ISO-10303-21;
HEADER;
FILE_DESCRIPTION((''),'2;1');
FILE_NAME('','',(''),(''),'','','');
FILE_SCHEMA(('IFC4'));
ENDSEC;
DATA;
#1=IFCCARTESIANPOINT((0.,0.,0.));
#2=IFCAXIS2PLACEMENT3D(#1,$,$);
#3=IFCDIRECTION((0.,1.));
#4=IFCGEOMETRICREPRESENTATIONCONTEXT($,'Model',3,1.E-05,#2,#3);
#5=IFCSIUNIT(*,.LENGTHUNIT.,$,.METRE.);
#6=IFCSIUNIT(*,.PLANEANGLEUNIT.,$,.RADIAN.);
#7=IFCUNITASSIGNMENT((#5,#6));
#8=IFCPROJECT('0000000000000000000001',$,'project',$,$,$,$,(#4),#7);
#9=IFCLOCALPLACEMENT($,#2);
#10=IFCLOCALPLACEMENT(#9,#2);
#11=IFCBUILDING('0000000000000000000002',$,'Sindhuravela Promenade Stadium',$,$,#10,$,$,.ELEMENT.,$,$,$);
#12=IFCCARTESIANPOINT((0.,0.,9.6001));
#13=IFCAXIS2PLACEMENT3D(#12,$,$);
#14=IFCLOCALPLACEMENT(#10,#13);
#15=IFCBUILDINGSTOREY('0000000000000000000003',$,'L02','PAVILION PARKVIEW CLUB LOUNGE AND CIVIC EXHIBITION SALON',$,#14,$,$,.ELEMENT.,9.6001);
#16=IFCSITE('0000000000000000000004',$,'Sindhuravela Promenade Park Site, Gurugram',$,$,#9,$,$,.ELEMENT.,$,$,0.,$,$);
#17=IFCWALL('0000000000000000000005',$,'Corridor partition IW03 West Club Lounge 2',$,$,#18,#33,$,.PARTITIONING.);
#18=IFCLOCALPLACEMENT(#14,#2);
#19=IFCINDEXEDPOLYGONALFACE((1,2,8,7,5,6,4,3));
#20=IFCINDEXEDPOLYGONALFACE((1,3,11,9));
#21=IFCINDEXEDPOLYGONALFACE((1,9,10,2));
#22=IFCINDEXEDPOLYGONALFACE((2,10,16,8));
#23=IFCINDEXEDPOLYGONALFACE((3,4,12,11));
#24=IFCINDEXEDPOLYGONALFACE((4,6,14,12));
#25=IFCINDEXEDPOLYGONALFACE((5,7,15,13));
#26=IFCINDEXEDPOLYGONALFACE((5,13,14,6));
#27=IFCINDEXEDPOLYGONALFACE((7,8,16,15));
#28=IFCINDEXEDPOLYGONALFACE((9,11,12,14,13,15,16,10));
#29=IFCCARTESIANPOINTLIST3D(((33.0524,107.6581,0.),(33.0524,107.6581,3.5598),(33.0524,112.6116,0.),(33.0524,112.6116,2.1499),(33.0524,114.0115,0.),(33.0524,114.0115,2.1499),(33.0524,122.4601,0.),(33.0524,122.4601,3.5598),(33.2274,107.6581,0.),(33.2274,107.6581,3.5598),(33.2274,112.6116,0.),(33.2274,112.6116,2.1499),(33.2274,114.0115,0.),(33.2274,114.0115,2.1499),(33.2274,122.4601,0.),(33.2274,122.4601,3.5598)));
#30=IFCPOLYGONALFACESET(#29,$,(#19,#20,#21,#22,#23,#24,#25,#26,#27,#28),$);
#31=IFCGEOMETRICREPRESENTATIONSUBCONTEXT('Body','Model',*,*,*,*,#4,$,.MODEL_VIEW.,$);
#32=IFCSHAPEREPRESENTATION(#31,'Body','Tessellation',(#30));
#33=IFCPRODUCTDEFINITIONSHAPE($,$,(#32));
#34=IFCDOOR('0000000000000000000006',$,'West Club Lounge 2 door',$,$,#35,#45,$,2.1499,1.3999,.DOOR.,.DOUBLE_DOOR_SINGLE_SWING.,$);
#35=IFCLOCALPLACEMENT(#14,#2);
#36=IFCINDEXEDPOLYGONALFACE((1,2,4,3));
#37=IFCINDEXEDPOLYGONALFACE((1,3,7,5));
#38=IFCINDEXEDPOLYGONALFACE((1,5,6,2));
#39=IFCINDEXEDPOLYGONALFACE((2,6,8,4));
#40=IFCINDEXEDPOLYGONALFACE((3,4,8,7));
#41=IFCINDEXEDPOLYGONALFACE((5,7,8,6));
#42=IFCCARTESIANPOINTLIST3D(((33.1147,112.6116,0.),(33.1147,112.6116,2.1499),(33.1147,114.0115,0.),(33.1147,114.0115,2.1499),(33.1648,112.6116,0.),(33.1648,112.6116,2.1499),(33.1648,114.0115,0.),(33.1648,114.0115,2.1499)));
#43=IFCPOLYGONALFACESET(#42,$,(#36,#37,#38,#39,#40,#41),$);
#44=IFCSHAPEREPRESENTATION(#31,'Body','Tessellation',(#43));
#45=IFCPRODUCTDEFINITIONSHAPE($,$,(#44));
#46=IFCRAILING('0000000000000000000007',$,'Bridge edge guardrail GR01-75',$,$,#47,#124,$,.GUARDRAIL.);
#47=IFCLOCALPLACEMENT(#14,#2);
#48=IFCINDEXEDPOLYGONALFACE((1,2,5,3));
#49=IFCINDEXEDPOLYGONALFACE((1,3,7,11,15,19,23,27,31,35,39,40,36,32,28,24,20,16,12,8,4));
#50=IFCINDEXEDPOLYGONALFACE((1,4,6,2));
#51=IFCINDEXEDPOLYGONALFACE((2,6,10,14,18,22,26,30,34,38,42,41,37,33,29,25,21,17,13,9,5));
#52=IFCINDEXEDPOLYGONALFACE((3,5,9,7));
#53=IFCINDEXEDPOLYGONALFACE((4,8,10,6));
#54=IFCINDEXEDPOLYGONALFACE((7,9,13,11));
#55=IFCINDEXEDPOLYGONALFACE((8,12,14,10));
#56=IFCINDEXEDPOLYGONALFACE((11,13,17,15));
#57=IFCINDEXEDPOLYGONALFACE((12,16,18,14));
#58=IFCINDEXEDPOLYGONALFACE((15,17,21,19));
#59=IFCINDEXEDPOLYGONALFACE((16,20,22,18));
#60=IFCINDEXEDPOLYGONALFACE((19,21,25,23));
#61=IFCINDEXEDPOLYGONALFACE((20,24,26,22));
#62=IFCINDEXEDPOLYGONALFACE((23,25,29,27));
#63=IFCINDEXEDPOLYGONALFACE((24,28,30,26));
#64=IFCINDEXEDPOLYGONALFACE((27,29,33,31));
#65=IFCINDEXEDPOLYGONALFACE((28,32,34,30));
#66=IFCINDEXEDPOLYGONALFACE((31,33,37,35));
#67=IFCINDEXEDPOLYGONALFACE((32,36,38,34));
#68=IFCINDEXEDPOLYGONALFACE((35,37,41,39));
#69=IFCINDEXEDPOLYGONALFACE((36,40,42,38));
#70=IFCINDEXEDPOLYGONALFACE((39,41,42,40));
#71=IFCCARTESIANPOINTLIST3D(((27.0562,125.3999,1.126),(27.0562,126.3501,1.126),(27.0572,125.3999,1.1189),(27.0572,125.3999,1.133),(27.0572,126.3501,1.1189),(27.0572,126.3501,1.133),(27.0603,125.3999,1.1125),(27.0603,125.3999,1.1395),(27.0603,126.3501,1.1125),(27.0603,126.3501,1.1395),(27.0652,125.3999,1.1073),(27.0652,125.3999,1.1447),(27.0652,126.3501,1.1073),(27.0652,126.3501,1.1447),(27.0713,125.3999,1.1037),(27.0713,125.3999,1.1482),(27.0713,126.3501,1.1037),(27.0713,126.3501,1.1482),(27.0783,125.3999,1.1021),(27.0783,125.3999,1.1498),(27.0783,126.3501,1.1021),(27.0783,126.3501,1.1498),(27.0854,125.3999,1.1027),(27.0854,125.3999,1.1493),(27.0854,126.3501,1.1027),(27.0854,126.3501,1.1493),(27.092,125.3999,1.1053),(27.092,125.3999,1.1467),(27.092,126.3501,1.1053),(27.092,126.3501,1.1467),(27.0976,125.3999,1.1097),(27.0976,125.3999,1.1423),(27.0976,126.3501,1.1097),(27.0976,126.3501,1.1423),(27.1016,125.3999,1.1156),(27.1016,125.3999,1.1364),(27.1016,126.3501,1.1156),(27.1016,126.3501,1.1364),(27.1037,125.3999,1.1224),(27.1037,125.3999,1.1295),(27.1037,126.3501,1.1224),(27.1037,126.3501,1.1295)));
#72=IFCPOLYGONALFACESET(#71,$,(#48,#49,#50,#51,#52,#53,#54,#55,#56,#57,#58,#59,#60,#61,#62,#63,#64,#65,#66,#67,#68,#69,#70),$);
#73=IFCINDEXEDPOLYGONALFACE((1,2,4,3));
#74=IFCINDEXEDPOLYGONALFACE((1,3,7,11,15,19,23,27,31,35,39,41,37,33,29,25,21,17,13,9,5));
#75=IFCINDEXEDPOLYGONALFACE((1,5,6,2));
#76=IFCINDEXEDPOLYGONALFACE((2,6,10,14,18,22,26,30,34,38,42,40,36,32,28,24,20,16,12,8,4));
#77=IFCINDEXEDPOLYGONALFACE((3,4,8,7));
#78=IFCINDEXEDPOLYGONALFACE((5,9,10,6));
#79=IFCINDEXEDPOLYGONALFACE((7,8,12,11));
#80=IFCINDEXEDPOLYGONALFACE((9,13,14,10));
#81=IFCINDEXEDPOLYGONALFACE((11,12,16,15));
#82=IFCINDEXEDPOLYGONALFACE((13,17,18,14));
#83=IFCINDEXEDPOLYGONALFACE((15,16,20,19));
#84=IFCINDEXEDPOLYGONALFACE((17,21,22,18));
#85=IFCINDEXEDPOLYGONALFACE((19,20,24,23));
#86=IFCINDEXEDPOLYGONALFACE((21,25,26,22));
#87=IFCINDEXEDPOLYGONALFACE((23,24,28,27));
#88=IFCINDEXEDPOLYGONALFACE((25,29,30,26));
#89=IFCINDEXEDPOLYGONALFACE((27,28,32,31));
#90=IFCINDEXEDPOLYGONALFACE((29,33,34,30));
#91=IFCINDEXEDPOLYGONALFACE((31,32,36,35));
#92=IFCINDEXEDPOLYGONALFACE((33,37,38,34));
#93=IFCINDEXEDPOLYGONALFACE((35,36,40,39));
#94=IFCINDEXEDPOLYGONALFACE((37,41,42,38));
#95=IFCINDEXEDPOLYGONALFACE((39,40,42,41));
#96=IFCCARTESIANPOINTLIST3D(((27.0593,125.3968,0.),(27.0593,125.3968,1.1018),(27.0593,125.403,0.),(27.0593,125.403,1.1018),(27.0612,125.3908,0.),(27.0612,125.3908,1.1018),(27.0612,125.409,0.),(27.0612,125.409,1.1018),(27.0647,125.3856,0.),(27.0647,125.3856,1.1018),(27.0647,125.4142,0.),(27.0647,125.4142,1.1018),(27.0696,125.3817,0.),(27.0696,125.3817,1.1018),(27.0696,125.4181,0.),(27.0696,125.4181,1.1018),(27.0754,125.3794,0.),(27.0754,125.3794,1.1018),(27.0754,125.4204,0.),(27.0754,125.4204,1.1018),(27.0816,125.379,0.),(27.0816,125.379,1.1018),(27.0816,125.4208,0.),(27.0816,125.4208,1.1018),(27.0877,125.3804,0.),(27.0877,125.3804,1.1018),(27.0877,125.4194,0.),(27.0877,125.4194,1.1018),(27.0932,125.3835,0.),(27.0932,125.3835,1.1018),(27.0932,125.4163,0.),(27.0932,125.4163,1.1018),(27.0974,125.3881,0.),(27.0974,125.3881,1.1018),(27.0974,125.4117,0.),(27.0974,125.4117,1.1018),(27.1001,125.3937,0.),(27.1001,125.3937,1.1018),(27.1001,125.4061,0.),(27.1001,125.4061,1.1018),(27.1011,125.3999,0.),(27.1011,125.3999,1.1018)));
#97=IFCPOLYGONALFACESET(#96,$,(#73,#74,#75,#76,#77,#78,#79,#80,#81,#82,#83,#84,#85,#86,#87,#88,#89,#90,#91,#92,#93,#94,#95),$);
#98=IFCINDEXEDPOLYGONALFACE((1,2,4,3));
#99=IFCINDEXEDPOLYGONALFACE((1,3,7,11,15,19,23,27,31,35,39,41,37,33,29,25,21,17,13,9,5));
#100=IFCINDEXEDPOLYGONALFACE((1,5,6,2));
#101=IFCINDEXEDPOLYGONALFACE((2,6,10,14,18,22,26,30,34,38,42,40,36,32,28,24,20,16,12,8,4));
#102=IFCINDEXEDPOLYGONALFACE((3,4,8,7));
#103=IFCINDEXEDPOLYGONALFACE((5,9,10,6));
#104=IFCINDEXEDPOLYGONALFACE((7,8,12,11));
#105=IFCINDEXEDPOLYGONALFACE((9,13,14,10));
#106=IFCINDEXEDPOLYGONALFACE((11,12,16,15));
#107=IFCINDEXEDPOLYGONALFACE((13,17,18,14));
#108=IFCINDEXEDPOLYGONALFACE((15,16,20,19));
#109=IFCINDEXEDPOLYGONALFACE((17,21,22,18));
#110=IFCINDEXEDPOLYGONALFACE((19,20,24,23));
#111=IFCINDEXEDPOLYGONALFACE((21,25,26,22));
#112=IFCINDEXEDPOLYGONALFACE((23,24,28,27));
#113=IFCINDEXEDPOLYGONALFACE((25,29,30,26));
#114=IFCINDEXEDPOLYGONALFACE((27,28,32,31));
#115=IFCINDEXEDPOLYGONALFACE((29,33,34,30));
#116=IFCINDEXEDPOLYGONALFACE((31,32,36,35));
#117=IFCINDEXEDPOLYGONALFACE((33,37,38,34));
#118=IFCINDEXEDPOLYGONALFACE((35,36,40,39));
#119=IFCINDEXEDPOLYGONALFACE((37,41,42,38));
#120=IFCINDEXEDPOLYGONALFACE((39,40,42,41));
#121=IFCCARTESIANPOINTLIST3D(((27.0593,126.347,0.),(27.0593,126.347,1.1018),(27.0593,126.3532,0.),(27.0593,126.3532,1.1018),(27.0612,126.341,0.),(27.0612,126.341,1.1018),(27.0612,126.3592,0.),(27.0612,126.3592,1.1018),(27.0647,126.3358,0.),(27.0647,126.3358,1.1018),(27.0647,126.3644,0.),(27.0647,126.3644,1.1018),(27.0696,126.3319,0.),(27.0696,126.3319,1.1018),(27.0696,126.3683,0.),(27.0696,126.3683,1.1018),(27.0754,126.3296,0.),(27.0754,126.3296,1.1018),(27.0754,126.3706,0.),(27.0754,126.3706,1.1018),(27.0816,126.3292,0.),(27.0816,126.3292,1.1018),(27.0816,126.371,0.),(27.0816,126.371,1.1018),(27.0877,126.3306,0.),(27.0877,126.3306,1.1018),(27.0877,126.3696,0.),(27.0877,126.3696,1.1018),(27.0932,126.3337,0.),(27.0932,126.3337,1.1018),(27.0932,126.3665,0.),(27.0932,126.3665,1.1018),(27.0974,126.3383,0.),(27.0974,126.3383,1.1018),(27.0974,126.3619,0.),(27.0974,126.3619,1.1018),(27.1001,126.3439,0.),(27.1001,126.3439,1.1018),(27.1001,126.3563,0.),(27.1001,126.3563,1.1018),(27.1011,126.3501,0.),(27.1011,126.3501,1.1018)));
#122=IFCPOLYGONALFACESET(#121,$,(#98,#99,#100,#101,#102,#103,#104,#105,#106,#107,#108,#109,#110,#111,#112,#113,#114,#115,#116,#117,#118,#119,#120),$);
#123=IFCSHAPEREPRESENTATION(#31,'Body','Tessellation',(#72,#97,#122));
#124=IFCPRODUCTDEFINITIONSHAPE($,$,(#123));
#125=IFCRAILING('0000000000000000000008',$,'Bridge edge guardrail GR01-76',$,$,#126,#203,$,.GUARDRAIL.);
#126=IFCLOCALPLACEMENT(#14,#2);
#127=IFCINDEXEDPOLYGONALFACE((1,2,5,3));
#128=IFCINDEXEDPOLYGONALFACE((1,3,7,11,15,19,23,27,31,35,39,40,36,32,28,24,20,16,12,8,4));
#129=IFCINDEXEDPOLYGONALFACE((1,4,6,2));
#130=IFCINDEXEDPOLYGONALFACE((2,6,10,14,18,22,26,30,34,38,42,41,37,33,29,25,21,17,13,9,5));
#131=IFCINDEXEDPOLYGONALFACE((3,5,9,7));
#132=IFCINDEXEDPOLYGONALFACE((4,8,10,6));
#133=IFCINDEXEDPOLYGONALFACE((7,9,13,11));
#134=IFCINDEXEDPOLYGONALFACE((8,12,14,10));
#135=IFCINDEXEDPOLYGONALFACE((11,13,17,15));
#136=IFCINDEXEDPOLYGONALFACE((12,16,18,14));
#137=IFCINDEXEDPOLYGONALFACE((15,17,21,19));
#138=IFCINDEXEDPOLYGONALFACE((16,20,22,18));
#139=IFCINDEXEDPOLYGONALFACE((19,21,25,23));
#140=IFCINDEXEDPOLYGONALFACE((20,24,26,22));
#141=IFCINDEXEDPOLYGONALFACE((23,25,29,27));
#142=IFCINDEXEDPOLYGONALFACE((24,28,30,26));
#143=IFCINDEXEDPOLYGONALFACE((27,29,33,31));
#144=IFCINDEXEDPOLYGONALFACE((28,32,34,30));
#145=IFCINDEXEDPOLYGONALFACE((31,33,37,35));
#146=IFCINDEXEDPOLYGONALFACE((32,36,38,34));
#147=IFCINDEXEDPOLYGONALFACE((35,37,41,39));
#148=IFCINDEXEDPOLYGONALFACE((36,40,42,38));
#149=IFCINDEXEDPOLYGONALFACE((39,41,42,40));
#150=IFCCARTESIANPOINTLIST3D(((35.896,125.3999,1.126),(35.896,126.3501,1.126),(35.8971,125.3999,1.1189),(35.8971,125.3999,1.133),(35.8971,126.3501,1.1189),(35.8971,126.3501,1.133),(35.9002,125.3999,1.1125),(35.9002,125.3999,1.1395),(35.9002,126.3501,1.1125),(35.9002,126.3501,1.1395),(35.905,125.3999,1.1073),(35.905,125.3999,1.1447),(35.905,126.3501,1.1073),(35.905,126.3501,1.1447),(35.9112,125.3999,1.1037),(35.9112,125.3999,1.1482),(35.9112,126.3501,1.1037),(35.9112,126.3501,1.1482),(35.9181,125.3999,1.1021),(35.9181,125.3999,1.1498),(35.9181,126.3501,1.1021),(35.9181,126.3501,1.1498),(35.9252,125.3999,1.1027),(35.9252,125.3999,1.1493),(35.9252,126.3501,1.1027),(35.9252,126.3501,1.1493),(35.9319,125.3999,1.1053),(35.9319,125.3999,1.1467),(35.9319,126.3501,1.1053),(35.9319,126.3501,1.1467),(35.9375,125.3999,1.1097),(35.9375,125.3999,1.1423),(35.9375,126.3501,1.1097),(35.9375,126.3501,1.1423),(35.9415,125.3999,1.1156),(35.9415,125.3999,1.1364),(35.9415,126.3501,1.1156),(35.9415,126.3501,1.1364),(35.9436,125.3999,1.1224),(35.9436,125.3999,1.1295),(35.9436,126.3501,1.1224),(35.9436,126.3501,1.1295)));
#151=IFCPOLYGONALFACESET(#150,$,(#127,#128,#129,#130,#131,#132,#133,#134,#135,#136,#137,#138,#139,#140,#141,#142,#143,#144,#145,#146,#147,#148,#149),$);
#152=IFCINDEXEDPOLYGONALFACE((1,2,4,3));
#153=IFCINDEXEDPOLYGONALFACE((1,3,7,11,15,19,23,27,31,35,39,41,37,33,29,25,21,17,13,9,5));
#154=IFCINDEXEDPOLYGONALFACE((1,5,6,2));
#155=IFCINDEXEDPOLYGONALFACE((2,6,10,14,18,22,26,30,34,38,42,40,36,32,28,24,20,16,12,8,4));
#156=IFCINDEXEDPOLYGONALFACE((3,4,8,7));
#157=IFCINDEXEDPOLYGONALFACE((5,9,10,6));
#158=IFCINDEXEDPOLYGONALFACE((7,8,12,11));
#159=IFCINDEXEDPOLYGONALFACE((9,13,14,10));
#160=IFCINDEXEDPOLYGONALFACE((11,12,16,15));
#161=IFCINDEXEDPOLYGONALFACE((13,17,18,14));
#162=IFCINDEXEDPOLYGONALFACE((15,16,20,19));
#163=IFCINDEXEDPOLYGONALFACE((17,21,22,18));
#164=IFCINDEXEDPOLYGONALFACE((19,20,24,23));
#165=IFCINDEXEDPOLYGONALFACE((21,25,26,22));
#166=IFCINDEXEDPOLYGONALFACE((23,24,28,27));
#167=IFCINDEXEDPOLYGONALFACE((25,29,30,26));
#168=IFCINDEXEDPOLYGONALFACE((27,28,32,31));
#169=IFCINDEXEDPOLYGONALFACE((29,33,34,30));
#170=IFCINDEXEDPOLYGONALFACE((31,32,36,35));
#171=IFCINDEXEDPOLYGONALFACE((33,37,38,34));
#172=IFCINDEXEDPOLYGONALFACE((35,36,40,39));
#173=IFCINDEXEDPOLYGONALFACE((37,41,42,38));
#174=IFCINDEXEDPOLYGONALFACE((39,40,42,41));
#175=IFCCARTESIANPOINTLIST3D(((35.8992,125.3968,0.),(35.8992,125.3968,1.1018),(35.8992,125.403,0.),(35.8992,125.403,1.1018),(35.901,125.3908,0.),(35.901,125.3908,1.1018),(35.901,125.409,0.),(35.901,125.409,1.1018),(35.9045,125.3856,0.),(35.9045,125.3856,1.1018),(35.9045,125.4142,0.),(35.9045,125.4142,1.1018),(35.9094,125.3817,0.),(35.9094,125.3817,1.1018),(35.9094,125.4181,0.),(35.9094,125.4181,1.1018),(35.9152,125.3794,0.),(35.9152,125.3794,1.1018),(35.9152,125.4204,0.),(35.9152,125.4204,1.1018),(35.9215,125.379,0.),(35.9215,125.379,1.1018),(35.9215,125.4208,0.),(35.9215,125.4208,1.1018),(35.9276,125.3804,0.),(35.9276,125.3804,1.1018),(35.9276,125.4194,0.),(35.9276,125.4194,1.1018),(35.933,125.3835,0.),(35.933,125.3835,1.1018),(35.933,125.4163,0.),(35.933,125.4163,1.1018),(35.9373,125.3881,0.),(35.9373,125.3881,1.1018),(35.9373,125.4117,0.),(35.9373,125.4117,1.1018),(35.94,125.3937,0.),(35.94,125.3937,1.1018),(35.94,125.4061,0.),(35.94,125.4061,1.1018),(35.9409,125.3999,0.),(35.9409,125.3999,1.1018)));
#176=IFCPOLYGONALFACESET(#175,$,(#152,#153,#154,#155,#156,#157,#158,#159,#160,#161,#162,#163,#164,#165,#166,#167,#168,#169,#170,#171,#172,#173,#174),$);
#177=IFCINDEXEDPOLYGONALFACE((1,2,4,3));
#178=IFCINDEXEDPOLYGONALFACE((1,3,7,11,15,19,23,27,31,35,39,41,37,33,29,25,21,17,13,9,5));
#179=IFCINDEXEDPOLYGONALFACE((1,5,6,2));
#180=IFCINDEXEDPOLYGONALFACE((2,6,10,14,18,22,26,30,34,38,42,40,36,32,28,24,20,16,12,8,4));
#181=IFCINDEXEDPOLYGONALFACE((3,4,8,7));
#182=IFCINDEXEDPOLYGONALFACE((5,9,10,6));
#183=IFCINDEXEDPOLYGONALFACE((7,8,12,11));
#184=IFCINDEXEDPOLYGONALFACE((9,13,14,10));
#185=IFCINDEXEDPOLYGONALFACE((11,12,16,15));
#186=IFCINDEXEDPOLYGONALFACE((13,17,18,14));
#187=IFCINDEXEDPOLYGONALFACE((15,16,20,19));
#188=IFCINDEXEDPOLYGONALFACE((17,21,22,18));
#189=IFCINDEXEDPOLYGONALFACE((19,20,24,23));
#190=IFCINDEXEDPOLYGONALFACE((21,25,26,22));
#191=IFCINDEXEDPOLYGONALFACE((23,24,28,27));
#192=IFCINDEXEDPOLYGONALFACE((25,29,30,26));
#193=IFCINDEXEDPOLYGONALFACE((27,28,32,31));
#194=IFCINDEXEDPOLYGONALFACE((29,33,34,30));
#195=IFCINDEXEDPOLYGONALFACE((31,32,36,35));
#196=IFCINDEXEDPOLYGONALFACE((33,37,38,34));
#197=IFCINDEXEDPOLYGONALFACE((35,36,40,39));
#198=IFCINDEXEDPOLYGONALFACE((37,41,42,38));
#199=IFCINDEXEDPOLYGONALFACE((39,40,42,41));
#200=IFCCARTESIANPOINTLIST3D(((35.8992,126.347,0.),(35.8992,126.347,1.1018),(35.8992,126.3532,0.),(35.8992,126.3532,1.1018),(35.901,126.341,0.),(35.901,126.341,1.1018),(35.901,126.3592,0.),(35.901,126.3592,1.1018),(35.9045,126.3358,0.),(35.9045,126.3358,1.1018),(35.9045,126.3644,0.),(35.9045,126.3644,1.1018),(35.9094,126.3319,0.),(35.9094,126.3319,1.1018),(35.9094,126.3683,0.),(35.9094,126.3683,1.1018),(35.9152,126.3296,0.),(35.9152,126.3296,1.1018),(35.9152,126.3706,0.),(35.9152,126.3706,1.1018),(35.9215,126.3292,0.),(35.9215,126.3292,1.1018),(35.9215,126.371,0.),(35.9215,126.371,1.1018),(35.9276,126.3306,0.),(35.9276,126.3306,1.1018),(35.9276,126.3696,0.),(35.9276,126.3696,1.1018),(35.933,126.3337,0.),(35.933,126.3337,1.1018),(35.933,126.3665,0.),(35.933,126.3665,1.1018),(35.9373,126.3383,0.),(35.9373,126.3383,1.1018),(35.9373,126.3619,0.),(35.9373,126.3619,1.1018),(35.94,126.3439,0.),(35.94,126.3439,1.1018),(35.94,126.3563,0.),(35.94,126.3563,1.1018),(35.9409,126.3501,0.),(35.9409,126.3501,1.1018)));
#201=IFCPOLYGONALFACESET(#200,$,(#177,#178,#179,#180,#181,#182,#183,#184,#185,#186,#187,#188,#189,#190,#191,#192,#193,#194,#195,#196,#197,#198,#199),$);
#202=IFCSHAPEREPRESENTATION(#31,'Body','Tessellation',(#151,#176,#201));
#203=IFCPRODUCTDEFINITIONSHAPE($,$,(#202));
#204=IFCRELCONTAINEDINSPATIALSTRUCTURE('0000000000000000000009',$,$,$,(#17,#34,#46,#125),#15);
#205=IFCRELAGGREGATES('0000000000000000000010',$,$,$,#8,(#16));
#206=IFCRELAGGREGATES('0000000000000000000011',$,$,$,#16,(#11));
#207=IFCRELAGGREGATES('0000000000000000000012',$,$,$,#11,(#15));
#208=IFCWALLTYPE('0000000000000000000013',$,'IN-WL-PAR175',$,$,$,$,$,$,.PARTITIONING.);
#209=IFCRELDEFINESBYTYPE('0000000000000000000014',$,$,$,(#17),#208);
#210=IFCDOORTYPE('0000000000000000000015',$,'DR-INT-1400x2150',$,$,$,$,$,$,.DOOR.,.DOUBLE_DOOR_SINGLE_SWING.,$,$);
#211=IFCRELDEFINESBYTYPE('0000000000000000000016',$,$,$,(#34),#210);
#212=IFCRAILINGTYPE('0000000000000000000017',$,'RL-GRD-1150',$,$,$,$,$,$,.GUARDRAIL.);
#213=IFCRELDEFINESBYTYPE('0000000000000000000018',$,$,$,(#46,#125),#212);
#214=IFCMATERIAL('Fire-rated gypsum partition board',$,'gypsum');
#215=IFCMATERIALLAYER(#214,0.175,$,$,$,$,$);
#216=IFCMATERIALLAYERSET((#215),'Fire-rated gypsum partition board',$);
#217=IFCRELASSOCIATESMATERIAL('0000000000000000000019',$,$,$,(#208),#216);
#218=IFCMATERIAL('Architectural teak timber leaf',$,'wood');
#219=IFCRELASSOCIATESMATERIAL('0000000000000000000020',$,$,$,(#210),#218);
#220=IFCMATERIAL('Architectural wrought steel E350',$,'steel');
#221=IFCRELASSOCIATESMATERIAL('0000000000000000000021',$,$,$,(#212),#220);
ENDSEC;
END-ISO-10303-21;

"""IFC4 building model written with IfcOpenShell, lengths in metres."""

from ifc_helpers import new_model, si_unit, direction, frame, frame_2d, origin, origin_2d, place, context, subcontext, project, spatial, rectangle, circle, extrude, material, layer, layer_set, type_object, element, fill, save


model = new_model("IFC4")

# Units and contexts
model_context = context("Model", 3, precision=1e-05, world=origin(), true_north=direction((0.0, 1.0)))
body_context = subcontext(model_context, "Body", "Model", "MODEL_VIEW")
ifc_project = project(units=[si_unit("LENGTHUNIT", "METRE"), si_unit("PLANEANGLEUNIT", "RADIAN")], contexts=[model_context])

# Site, building, storey
site_placement = place(None, origin())
site = spatial("IfcSite", under=ifc_project, at=site_placement, Name="Sindhuravela Promenade Park Site, Gurugram", CompositionType="ELEMENT", RefElevation=0.0)
building_placement = place(site_placement, origin())
building = spatial("IfcBuilding", under=site, at=building_placement, Name="Sindhuravela Promenade Stadium", CompositionType="ELEMENT")
storey_placement = place(building_placement, frame((0.0, 0.0, 9.6001)))
storey = spatial("IfcBuildingStorey", under=building, at=storey_placement, Name="L02", Description="PAVILION PARKVIEW CLUB LOUNGE AND CIVIC EXHIBITION SALON", CompositionType="ELEMENT", Elevation=9.6001)

# Shared definitions
ifc_material_1 = material(Name="Fire-rated gypsum partition board", Category="gypsum")

# Wall, opening, door
ifc_layer_1 = layer(ifc_material_1, 0.175)
ifc_layer_set_1 = layer_set([ifc_layer_1], Name="Fire-rated gypsum partition board")
wall_type_1 = type_object("IfcWallType", Name="IN-WL-PAR175", PredefinedType="PARTITIONING", material=ifc_layer_set_1)
wall_1_placement = place(storey_placement, frame((33.1399, 122.46, 0.0), z_axis=(0.0, 0.0, 1.0), x_axis=(0.0, -1.0, 0.0)))
wall_1 = element("IfcWall", 1, at=wall_1_placement, inside=storey, type_object=wall_type_1, Name="Corridor partition IW03 West Club Lounge 2", PredefinedType="PARTITIONING", context=body_context, shape_type="SweptSolid", body=[
    extrude(rectangle(XDim=14.802, YDim=0.175, at=frame_2d((7.4009, 0.0))), origin(), (0.0, 0.0, 1.0), 3.5598),
])
opening_1_placement = place(wall_1_placement, frame((8.4485, 0.0, 0.0)))
opening_1 = element("IfcOpeningElement", 2, at=opening_1_placement, cuts=wall_1, PredefinedType="OPENING", context=body_context, shape_type="SweptSolid", body=[
    extrude(rectangle(XDim=1.3999, YDim=2.1499, at=frame_2d((0.7, 1.075))), frame((0.0, 0.0974, 0.0), z_axis=(0.0, -1.0, 0.0), x_axis=(1.0, 0.0, 0.0)), (0.0, 0.0, 1.0), 0.1951),
])
ifc_material_2 = material(Name="Architectural teak timber leaf", Category="wood")
door_type = type_object("IfcDoorType", Name="DR-INT-1400x2150", OperationType="DOUBLE_DOOR_SINGLE_SWING", PredefinedType="DOOR", material=ifc_material_2)
door_placement = place(opening_1_placement, origin())
door = element("IfcDoor", 3, at=door_placement, inside=storey, type_object=door_type, Name="West Club Lounge 2 door", OperationType="DOUBLE_DOOR_SINGLE_SWING", OverallHeight=2.1499, OverallWidth=1.3999, PredefinedType="DOOR", context=body_context, shape_type="SweptSolid", body=[
    extrude(rectangle(XDim=1.3999, YDim=2.1499, at=frame_2d((0.7, 1.075))), frame((0.0, 0.0249, 0.0), z_axis=(0.0, -1.0, 0.0), x_axis=(1.0, 0.0, 0.0)), (0.0, 0.0, 1.0), 0.05),
])
fill(opening_1, door)

# Railings
ifc_material_3 = material(Name="Architectural wrought steel E350", Category="steel")
railing_type = type_object("IfcRailingType", Name="RL-GRD-1150", PredefinedType="GUARDRAIL", material=ifc_material_3)
for number, where, name in (
    (4, (27.0801, 125.3999, 0.0), "Bridge edge guardrail GR01-75"),
    (5, (35.9199, 125.3999, 0.0), "Bridge edge guardrail GR01-76"),
):
    element("IfcRailing", number, at=place(storey_placement, frame(where)), inside=storey, type_object=railing_type, Name=name, PredefinedType="GUARDRAIL", context=body_context, shape_type="SweptSolid", body=[
        extrude(circle(Radius=0.0239, at=origin_2d()), frame((0.0, 0.0, 1.126), z_axis=(0.0, 1.0, 0.0), x_axis=(-1.0, 0.0, 0.0)), (0.0, 0.0, 1.0), 0.9502),
        extrude(circle(Radius=0.021, at=origin_2d()), origin(), (0.0, 0.0, 1.0), 1.1018),
        extrude(circle(Radius=0.021, at=origin_2d()), frame((0.0, 0.9502, 0.0)), (0.0, 0.0, 1.0), 1.1018),
    ])

save(model, "model.ifc")
